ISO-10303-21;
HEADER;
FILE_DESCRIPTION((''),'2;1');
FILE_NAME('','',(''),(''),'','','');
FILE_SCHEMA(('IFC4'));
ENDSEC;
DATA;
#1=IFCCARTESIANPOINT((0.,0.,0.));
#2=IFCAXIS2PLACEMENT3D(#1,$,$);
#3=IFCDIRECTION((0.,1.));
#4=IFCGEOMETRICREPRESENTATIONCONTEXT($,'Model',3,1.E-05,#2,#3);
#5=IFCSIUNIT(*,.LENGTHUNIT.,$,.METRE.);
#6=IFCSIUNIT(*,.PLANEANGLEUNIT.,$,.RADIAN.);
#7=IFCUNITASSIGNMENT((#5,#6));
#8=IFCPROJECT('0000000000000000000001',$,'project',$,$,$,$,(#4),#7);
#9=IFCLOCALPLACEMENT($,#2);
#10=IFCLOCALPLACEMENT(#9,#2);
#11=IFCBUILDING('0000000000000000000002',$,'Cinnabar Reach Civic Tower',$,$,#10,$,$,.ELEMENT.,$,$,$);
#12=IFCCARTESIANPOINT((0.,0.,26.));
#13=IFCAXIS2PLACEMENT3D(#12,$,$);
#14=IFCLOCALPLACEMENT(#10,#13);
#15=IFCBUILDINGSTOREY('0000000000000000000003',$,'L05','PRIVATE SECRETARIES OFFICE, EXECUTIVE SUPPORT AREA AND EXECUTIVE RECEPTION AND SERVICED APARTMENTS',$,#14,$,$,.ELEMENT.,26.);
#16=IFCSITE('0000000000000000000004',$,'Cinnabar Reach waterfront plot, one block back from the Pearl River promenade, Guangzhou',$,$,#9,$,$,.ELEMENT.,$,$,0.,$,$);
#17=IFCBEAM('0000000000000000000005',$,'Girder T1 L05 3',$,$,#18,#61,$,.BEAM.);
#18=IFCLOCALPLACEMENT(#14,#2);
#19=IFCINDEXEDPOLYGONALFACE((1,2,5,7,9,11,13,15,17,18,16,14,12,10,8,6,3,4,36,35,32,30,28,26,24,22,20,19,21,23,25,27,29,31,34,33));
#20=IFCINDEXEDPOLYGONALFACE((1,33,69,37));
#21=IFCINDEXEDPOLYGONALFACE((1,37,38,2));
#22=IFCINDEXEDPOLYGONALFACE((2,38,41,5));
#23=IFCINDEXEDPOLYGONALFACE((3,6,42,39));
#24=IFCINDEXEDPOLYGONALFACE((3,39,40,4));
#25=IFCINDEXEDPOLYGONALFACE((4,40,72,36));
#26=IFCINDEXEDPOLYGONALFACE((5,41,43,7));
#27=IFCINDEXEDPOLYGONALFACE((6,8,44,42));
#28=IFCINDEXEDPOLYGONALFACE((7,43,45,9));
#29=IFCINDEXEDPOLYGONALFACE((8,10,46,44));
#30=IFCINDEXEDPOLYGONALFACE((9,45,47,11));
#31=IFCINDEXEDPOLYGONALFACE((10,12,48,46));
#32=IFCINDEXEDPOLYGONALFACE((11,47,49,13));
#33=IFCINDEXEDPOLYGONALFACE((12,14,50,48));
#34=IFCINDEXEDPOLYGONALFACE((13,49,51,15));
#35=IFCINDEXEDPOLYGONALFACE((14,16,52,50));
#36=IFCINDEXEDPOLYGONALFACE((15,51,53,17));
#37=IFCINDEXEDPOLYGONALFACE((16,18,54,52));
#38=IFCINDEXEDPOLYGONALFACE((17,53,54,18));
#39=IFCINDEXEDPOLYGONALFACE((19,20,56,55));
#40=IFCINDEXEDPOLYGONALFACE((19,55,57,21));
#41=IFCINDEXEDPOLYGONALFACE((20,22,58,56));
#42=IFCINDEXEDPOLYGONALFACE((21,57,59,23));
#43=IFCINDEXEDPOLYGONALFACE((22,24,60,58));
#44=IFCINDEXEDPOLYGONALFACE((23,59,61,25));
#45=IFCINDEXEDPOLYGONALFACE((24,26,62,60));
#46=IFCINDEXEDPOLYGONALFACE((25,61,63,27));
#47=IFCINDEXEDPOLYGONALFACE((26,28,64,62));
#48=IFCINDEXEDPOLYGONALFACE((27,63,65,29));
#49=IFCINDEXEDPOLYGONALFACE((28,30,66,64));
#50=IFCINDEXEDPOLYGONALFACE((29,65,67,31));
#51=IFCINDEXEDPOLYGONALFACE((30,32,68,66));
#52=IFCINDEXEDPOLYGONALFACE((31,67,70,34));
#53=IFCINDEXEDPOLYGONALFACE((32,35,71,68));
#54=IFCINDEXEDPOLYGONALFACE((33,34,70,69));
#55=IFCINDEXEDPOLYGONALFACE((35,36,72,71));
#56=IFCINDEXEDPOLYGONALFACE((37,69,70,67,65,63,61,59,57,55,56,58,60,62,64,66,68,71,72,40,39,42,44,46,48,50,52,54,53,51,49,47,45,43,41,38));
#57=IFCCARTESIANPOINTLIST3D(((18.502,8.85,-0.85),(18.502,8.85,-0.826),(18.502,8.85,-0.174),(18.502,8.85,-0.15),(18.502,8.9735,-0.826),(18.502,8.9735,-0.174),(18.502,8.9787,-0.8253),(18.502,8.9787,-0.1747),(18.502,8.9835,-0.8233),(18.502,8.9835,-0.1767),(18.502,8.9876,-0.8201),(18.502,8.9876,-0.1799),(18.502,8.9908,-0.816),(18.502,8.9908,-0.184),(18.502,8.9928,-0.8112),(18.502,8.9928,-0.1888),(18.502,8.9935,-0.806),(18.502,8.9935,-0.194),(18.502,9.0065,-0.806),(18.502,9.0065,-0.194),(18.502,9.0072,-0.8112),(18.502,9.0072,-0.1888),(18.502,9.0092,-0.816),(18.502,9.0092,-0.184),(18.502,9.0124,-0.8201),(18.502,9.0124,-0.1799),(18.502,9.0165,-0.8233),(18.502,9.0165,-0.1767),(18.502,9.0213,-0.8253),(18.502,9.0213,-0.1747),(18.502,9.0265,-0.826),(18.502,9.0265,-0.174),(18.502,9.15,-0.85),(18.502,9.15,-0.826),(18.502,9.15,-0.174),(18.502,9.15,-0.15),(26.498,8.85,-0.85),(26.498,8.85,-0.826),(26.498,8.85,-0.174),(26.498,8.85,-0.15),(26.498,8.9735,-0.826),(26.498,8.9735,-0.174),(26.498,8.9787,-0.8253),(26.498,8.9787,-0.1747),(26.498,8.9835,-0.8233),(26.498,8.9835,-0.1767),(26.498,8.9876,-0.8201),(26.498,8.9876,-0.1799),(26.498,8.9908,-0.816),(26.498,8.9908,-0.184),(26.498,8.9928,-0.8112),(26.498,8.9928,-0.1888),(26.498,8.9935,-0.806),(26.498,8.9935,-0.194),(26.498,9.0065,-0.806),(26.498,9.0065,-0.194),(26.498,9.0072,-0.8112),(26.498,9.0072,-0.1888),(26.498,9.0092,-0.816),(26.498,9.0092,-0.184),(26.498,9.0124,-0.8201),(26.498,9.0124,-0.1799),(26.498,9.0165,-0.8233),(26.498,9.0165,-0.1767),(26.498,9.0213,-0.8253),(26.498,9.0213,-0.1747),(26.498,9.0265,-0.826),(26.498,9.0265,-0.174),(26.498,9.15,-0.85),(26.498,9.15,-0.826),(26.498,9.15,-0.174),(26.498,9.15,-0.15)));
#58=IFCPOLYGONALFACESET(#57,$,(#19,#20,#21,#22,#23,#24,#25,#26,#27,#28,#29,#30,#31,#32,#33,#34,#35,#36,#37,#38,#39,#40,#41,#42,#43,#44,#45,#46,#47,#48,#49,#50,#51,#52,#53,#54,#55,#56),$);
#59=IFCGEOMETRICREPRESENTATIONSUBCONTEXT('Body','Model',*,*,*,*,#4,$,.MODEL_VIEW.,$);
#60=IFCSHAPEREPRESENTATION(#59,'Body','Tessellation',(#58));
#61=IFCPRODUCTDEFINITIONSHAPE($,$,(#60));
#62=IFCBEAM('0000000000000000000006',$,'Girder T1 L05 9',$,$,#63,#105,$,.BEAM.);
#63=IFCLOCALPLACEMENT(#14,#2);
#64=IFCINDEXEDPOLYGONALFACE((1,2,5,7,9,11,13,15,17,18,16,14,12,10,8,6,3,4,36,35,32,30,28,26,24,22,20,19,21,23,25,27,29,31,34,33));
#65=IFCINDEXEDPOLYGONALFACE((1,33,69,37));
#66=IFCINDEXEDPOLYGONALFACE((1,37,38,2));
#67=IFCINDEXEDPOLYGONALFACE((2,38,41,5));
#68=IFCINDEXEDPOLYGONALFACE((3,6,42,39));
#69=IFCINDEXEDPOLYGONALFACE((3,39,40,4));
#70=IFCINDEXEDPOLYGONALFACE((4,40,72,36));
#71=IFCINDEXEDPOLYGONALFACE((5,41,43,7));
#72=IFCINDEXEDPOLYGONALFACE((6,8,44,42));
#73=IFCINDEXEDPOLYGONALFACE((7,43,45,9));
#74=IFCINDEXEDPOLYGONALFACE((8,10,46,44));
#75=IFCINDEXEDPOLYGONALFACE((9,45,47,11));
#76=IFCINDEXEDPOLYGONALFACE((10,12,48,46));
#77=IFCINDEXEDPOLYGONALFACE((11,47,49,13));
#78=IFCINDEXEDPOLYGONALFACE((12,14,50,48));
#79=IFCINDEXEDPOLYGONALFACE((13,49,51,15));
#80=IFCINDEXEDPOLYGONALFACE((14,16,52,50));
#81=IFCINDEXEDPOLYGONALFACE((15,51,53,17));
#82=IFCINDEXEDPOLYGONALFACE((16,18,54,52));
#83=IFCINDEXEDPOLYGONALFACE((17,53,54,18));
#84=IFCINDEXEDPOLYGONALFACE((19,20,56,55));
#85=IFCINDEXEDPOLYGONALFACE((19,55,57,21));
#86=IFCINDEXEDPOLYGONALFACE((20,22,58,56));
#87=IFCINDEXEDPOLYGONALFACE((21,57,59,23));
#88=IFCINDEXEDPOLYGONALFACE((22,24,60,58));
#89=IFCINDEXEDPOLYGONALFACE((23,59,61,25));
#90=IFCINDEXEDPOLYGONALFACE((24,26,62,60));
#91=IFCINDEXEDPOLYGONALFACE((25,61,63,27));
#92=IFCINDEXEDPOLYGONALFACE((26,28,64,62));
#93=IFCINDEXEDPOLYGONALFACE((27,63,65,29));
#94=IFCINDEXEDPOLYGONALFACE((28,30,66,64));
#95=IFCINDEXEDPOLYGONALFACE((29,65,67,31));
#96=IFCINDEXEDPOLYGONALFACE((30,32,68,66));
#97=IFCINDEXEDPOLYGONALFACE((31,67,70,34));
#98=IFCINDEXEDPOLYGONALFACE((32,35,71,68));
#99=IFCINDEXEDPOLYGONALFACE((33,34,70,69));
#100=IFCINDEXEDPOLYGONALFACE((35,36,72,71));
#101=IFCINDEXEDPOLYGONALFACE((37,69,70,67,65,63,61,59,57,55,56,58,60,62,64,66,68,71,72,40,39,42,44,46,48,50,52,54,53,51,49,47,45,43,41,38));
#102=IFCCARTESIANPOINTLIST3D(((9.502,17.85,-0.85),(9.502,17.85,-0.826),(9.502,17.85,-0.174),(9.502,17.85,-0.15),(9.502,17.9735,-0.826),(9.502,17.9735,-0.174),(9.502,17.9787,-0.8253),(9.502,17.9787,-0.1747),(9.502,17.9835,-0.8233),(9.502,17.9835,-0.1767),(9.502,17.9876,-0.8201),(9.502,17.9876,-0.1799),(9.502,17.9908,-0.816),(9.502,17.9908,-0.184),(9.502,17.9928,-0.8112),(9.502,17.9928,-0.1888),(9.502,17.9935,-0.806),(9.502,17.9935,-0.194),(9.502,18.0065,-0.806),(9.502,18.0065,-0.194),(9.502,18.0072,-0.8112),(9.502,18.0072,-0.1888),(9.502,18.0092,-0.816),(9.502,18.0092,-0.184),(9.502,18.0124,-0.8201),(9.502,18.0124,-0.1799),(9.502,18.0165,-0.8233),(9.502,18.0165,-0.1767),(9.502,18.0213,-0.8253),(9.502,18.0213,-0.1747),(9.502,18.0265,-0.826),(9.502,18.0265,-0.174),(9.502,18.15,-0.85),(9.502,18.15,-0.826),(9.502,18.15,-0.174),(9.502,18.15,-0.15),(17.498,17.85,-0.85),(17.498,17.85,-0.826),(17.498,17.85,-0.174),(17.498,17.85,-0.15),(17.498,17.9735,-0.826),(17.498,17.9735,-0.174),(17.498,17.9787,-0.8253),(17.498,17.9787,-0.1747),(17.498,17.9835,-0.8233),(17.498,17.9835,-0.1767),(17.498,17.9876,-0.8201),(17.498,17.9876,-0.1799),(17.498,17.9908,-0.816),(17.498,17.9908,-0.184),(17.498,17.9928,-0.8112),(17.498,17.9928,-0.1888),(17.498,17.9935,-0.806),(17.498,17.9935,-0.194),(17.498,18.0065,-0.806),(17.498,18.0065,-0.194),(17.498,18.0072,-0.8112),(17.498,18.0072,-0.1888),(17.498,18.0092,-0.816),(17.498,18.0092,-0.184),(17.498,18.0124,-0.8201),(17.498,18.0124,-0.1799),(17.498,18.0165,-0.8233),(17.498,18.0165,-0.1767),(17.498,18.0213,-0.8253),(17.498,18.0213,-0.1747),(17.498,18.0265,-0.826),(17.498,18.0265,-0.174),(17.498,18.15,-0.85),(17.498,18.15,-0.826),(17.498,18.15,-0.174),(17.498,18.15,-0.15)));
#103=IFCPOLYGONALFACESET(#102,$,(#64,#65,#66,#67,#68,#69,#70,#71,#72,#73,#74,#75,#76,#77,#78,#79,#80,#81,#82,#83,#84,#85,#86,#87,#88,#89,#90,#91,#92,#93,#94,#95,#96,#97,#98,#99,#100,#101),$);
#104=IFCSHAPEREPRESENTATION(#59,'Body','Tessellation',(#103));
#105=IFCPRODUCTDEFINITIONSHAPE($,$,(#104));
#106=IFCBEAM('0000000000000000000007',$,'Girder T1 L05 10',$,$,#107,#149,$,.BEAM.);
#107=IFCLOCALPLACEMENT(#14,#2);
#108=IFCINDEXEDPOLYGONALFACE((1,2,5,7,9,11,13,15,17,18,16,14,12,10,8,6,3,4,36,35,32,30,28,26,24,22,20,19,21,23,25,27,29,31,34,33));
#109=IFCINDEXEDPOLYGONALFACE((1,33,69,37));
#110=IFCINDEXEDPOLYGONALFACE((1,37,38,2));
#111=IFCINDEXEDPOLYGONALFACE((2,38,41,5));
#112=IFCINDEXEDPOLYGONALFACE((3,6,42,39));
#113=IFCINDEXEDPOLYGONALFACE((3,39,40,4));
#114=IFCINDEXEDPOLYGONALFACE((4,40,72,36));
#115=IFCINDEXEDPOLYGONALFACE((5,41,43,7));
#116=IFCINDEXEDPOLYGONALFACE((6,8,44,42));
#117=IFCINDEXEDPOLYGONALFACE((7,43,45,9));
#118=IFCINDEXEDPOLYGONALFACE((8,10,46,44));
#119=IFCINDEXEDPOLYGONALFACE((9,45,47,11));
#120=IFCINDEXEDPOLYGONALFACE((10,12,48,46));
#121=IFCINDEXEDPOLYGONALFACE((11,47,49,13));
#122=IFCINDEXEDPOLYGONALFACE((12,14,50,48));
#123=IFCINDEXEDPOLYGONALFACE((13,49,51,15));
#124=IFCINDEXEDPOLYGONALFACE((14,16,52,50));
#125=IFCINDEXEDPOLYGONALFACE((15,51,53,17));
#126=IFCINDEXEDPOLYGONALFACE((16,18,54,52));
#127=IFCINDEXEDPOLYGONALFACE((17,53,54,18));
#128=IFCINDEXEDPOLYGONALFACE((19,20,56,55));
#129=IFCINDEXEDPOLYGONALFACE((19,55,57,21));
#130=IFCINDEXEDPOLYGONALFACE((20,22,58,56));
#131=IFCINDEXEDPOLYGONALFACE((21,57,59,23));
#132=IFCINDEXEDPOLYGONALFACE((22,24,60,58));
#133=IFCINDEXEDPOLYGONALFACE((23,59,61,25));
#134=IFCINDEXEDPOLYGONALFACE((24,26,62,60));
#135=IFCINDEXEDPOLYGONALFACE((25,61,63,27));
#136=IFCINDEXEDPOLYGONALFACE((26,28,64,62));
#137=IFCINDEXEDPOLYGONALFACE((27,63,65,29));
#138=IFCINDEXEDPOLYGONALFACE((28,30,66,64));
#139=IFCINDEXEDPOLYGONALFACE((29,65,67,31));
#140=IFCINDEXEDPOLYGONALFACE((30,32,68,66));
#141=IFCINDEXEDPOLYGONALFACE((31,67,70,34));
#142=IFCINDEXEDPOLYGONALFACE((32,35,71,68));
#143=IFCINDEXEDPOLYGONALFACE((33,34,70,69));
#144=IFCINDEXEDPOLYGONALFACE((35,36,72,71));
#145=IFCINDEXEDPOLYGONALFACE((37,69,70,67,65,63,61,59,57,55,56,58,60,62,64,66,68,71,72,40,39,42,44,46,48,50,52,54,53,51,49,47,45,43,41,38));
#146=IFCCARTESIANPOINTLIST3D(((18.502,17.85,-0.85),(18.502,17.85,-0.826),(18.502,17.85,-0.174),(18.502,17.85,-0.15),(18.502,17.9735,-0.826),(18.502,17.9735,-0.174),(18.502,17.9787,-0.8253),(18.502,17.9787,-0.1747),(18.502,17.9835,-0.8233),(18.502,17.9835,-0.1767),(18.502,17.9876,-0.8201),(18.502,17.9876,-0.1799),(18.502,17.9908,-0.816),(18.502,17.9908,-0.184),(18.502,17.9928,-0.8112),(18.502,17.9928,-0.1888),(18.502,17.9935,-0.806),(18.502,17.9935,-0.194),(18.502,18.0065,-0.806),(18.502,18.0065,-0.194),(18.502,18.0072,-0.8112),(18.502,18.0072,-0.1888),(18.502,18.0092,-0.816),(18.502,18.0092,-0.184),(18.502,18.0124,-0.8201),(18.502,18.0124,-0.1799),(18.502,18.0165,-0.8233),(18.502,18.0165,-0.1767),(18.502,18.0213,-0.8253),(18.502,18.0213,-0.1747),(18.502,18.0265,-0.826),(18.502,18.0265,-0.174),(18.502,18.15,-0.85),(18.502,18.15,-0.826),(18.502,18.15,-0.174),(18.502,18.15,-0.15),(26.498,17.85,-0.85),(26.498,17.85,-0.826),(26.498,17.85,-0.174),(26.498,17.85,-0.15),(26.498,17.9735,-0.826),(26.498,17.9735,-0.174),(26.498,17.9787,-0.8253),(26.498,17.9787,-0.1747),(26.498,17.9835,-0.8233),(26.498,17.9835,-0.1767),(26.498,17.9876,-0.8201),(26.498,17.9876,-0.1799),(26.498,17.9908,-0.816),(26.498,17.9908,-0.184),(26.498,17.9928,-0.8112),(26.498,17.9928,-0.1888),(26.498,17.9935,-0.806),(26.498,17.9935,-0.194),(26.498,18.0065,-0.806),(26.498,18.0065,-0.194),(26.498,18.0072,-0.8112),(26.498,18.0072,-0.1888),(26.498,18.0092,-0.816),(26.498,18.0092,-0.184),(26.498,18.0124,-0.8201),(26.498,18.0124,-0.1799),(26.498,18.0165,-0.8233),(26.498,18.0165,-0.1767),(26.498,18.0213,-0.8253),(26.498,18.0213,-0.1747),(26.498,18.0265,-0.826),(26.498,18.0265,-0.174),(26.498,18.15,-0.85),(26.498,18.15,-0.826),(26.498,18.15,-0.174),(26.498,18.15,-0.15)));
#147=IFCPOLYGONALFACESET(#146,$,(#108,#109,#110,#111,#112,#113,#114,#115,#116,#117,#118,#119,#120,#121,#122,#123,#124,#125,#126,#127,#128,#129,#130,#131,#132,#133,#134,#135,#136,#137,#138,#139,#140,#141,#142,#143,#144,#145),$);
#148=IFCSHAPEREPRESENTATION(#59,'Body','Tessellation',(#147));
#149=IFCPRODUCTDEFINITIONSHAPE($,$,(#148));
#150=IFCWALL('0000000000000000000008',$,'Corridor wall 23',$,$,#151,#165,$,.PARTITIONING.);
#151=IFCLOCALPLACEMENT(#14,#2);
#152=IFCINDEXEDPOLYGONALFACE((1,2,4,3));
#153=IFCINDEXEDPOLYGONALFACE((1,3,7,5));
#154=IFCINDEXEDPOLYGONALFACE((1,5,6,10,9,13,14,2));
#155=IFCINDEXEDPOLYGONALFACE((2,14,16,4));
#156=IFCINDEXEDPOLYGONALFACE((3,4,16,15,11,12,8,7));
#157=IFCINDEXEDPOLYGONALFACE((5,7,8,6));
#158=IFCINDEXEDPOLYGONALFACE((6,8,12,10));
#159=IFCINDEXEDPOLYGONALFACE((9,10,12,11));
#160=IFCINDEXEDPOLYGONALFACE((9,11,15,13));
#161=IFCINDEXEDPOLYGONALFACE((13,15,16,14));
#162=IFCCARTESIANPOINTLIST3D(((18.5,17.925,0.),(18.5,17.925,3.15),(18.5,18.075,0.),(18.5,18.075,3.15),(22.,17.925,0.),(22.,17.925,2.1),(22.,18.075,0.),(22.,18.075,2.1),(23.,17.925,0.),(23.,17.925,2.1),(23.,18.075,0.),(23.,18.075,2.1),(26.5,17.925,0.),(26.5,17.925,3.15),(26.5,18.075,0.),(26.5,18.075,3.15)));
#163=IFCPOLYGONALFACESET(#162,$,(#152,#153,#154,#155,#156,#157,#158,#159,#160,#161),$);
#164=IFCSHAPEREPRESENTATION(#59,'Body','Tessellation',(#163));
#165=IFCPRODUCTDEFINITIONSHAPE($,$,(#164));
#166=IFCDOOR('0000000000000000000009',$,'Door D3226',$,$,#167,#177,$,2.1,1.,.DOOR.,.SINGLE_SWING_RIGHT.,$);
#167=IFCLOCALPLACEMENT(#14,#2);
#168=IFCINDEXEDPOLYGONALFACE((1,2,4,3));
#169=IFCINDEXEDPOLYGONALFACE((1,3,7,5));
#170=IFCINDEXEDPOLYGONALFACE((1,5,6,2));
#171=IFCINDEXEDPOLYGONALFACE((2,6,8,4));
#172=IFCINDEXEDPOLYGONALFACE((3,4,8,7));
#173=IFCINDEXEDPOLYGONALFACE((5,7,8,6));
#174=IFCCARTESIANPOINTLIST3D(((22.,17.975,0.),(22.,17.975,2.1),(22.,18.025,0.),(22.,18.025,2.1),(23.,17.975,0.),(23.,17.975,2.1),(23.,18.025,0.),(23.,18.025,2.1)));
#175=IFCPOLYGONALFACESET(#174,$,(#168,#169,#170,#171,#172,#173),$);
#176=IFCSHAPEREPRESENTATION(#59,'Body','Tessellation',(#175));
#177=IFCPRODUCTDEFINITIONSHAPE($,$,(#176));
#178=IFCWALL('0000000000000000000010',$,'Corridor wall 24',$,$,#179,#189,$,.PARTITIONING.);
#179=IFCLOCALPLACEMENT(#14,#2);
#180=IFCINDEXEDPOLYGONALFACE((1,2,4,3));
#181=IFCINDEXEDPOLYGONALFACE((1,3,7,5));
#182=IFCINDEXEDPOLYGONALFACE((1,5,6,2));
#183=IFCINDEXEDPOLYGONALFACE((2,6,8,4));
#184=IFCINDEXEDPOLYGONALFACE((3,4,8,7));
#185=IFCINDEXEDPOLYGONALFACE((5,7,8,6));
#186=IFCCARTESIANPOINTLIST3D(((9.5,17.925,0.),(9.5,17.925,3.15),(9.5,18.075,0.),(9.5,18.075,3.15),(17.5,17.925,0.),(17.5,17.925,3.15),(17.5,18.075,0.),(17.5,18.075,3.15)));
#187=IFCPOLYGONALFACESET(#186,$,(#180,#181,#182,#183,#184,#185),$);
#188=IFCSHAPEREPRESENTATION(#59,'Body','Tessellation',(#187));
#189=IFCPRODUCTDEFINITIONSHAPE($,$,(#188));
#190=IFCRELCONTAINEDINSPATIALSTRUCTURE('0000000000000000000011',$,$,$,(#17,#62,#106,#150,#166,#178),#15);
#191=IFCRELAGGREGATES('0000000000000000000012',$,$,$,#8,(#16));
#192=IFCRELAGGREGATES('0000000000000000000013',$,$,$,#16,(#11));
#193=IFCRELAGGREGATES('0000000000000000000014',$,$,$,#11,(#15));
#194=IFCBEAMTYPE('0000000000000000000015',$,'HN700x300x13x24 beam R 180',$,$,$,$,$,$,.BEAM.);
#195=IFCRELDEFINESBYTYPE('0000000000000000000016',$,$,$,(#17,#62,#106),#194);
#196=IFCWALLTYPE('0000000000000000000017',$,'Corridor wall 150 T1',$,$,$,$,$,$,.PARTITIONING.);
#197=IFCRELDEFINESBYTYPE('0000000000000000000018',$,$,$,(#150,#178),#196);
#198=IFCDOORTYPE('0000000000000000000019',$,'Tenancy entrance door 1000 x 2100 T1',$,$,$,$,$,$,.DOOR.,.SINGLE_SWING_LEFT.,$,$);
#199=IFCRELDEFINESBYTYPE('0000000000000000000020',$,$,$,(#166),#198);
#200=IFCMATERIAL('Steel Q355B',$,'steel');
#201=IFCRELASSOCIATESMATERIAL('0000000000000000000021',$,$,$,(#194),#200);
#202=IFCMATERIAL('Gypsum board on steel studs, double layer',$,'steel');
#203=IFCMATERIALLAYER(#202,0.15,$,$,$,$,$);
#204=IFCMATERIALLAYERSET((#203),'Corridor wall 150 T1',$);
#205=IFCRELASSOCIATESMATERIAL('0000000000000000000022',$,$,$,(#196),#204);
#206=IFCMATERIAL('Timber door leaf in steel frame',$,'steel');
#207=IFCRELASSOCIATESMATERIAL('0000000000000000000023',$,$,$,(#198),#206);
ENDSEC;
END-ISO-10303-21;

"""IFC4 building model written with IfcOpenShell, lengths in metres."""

from ifc_helpers import new_model, si_unit, direction, frame, frame_2d, origin, origin_2d, place, context, subcontext, project, spatial, rectangle, i_section, extrude, material, layer, layer_set, material_profile, profile_set, type_object, element, fill, save


model = new_model("IFC4")

# Units and contexts
model_context = context("Model", 3, precision=1e-05, world=origin(), true_north=direction((0.0, 1.0)))
body_context = subcontext(model_context, "Body", "Model", "MODEL_VIEW")
ifc_project = project(units=[si_unit("LENGTHUNIT", "METRE"), si_unit("PLANEANGLEUNIT", "RADIAN")], contexts=[model_context])

# Site, building, storey
site_placement = place(None, origin())
site = spatial("IfcSite", under=ifc_project, at=site_placement, Name="Cinnabar Reach waterfront plot, one block back from the Pearl River promenade, Guangzhou", CompositionType="ELEMENT", RefElevation=0.0)
building_placement = place(site_placement, origin())
building = spatial("IfcBuilding", under=site, at=building_placement, Name="Cinnabar Reach Civic Tower", CompositionType="ELEMENT")
storey_placement = place(building_placement, frame((0.0, 0.0, 26.0)))
storey = spatial("IfcBuildingStorey", under=building, at=storey_placement, Name="L05", Description="PRIVATE SECRETARIES OFFICE, EXECUTIVE SUPPORT AREA AND EXECUTIVE RECEPTION AND SERVICED APARTMENTS", CompositionType="ELEMENT", Elevation=26.0)

# Beams
ifc_material_1 = material(Name="Steel Q355B", Category="steel")
ifc_material_profile_1 = material_profile(ifc_material_1, i_section(OverallWidth=0.3, OverallDepth=0.7, WebThickness=0.013, FlangeThickness=0.024, FilletRadius=0.02, at=origin_2d()), Name="HN700x300x13x24")
ifc_profile_set_1 = profile_set([ifc_material_profile_1], Name="Steel Q355B")
beam_type_1 = type_object("IfcBeamType", Name="HN700x300x13x24 beam R 180", PredefinedType="BEAM", material=ifc_profile_set_1)
for number, where, z_axis, x_axis, name in (
    (1, (18.502, 9.0, -0.5), (1.0, 0.0, 0.0), (0.0, 1.0, 0.0), "Girder T1 L05 3"),
    (2, (9.502, 18.0, -0.5), (1.0, 0.0, 0.0), (0.0, 1.0, 0.0), "Girder T1 L05 9"),
    (3, (18.502, 18.0, -0.5), (1.0, 0.0, 0.0), (0.0, 1.0, 0.0), "Girder T1 L05 10"),
):
    element("IfcBeam", number, at=place(storey_placement, frame(where, z_axis=z_axis, x_axis=x_axis)), inside=storey, type_object=beam_type_1, Name=name, PredefinedType="BEAM", context=body_context, shape_type="SweptSolid", body=[
        extrude(i_section(OverallWidth=0.3, OverallDepth=0.7, WebThickness=0.013, FlangeThickness=0.024, FilletRadius=0.02, at=origin_2d()), origin(), (0.0, 0.0, 1.0), 7.996),
    ])

# Wall, opening, door
ifc_material_2 = material(Name="Gypsum board on steel studs, double layer", Category="steel")
ifc_layer_1 = layer(ifc_material_2, 0.15)
ifc_layer_set_1 = layer_set([ifc_layer_1], Name="Corridor wall 150 T1")
wall_type_1 = type_object("IfcWallType", Name="Corridor wall 150 T1", PredefinedType="PARTITIONING", material=ifc_layer_set_1)
wall_1_placement = place(storey_placement, frame((18.5, 18.0, 0.0), z_axis=(0.0, 0.0, 1.0), x_axis=(1.0, 0.0, 0.0)))
wall_1 = element("IfcWall", 4, at=wall_1_placement, inside=storey, type_object=wall_type_1, Name="Corridor wall 23", PredefinedType="PARTITIONING", context=body_context, shape_type="SweptSolid", body=[
    extrude(rectangle(XDim=8.0, YDim=0.15, at=frame_2d((4.0, 0.0))), origin(), (0.0, 0.0, 1.0), 3.15),
])
opening_1_placement = place(wall_1_placement, frame((3.5, 0.0, 0.0)))
opening_1 = element("IfcOpeningElement", 5, at=opening_1_placement, cuts=wall_1, PredefinedType="OPENING", context=body_context, shape_type="SweptSolid", body=[
    extrude(rectangle(XDim=1.0, YDim=2.1, at=frame_2d((0.5, 1.05))), frame((0.0, 0.085, 0.0), z_axis=(0.0, -1.0, 0.0), x_axis=(1.0, 0.0, 0.0)), (0.0, 0.0, 1.0), 0.17),
])
ifc_material_3 = material(Name="Timber door leaf in steel frame", Category="steel")
door_type_1 = type_object("IfcDoorType", Name="Tenancy entrance door 1000 x 2100 T1", OperationType="SINGLE_SWING_LEFT", PredefinedType="DOOR", material=ifc_material_3)
door_1_placement = place(opening_1_placement, frame((1.0, 0.0, 0.0), z_axis=(0.0, 0.0, 1.0), x_axis=(-1.0, 0.0, 0.0)))
door_1 = element("IfcDoor", 6, at=door_1_placement, inside=storey, type_object=door_type_1, Name="Door D3226", OperationType="SINGLE_SWING_RIGHT", OverallHeight=2.1, OverallWidth=1.0, PredefinedType="DOOR", context=body_context, shape_type="SweptSolid", body=[
    extrude(rectangle(XDim=1.0, YDim=2.1, at=frame_2d((0.5, 1.05))), frame((0.0, 0.025, 0.0), z_axis=(0.0, -1.0, 0.0), x_axis=(1.0, 0.0, 0.0)), (0.0, 0.0, 1.0), 0.05),
])
fill(opening_1, door_1)

# Wall
wall_2_placement = place(storey_placement, frame((9.5, 18.0, 0.0), z_axis=(0.0, 0.0, 1.0), x_axis=(1.0, 0.0, 0.0)))
element("IfcWall", 7, at=wall_2_placement, inside=storey, type_object=wall_type_1, Name="Corridor wall 24", PredefinedType="PARTITIONING", context=body_context, shape_type="SweptSolid", body=[
    extrude(rectangle(XDim=8.0, YDim=0.15, at=frame_2d((4.0, 0.0))), origin(), (0.0, 0.0, 1.0), 3.15),
])

save(model, "model.ifc")
